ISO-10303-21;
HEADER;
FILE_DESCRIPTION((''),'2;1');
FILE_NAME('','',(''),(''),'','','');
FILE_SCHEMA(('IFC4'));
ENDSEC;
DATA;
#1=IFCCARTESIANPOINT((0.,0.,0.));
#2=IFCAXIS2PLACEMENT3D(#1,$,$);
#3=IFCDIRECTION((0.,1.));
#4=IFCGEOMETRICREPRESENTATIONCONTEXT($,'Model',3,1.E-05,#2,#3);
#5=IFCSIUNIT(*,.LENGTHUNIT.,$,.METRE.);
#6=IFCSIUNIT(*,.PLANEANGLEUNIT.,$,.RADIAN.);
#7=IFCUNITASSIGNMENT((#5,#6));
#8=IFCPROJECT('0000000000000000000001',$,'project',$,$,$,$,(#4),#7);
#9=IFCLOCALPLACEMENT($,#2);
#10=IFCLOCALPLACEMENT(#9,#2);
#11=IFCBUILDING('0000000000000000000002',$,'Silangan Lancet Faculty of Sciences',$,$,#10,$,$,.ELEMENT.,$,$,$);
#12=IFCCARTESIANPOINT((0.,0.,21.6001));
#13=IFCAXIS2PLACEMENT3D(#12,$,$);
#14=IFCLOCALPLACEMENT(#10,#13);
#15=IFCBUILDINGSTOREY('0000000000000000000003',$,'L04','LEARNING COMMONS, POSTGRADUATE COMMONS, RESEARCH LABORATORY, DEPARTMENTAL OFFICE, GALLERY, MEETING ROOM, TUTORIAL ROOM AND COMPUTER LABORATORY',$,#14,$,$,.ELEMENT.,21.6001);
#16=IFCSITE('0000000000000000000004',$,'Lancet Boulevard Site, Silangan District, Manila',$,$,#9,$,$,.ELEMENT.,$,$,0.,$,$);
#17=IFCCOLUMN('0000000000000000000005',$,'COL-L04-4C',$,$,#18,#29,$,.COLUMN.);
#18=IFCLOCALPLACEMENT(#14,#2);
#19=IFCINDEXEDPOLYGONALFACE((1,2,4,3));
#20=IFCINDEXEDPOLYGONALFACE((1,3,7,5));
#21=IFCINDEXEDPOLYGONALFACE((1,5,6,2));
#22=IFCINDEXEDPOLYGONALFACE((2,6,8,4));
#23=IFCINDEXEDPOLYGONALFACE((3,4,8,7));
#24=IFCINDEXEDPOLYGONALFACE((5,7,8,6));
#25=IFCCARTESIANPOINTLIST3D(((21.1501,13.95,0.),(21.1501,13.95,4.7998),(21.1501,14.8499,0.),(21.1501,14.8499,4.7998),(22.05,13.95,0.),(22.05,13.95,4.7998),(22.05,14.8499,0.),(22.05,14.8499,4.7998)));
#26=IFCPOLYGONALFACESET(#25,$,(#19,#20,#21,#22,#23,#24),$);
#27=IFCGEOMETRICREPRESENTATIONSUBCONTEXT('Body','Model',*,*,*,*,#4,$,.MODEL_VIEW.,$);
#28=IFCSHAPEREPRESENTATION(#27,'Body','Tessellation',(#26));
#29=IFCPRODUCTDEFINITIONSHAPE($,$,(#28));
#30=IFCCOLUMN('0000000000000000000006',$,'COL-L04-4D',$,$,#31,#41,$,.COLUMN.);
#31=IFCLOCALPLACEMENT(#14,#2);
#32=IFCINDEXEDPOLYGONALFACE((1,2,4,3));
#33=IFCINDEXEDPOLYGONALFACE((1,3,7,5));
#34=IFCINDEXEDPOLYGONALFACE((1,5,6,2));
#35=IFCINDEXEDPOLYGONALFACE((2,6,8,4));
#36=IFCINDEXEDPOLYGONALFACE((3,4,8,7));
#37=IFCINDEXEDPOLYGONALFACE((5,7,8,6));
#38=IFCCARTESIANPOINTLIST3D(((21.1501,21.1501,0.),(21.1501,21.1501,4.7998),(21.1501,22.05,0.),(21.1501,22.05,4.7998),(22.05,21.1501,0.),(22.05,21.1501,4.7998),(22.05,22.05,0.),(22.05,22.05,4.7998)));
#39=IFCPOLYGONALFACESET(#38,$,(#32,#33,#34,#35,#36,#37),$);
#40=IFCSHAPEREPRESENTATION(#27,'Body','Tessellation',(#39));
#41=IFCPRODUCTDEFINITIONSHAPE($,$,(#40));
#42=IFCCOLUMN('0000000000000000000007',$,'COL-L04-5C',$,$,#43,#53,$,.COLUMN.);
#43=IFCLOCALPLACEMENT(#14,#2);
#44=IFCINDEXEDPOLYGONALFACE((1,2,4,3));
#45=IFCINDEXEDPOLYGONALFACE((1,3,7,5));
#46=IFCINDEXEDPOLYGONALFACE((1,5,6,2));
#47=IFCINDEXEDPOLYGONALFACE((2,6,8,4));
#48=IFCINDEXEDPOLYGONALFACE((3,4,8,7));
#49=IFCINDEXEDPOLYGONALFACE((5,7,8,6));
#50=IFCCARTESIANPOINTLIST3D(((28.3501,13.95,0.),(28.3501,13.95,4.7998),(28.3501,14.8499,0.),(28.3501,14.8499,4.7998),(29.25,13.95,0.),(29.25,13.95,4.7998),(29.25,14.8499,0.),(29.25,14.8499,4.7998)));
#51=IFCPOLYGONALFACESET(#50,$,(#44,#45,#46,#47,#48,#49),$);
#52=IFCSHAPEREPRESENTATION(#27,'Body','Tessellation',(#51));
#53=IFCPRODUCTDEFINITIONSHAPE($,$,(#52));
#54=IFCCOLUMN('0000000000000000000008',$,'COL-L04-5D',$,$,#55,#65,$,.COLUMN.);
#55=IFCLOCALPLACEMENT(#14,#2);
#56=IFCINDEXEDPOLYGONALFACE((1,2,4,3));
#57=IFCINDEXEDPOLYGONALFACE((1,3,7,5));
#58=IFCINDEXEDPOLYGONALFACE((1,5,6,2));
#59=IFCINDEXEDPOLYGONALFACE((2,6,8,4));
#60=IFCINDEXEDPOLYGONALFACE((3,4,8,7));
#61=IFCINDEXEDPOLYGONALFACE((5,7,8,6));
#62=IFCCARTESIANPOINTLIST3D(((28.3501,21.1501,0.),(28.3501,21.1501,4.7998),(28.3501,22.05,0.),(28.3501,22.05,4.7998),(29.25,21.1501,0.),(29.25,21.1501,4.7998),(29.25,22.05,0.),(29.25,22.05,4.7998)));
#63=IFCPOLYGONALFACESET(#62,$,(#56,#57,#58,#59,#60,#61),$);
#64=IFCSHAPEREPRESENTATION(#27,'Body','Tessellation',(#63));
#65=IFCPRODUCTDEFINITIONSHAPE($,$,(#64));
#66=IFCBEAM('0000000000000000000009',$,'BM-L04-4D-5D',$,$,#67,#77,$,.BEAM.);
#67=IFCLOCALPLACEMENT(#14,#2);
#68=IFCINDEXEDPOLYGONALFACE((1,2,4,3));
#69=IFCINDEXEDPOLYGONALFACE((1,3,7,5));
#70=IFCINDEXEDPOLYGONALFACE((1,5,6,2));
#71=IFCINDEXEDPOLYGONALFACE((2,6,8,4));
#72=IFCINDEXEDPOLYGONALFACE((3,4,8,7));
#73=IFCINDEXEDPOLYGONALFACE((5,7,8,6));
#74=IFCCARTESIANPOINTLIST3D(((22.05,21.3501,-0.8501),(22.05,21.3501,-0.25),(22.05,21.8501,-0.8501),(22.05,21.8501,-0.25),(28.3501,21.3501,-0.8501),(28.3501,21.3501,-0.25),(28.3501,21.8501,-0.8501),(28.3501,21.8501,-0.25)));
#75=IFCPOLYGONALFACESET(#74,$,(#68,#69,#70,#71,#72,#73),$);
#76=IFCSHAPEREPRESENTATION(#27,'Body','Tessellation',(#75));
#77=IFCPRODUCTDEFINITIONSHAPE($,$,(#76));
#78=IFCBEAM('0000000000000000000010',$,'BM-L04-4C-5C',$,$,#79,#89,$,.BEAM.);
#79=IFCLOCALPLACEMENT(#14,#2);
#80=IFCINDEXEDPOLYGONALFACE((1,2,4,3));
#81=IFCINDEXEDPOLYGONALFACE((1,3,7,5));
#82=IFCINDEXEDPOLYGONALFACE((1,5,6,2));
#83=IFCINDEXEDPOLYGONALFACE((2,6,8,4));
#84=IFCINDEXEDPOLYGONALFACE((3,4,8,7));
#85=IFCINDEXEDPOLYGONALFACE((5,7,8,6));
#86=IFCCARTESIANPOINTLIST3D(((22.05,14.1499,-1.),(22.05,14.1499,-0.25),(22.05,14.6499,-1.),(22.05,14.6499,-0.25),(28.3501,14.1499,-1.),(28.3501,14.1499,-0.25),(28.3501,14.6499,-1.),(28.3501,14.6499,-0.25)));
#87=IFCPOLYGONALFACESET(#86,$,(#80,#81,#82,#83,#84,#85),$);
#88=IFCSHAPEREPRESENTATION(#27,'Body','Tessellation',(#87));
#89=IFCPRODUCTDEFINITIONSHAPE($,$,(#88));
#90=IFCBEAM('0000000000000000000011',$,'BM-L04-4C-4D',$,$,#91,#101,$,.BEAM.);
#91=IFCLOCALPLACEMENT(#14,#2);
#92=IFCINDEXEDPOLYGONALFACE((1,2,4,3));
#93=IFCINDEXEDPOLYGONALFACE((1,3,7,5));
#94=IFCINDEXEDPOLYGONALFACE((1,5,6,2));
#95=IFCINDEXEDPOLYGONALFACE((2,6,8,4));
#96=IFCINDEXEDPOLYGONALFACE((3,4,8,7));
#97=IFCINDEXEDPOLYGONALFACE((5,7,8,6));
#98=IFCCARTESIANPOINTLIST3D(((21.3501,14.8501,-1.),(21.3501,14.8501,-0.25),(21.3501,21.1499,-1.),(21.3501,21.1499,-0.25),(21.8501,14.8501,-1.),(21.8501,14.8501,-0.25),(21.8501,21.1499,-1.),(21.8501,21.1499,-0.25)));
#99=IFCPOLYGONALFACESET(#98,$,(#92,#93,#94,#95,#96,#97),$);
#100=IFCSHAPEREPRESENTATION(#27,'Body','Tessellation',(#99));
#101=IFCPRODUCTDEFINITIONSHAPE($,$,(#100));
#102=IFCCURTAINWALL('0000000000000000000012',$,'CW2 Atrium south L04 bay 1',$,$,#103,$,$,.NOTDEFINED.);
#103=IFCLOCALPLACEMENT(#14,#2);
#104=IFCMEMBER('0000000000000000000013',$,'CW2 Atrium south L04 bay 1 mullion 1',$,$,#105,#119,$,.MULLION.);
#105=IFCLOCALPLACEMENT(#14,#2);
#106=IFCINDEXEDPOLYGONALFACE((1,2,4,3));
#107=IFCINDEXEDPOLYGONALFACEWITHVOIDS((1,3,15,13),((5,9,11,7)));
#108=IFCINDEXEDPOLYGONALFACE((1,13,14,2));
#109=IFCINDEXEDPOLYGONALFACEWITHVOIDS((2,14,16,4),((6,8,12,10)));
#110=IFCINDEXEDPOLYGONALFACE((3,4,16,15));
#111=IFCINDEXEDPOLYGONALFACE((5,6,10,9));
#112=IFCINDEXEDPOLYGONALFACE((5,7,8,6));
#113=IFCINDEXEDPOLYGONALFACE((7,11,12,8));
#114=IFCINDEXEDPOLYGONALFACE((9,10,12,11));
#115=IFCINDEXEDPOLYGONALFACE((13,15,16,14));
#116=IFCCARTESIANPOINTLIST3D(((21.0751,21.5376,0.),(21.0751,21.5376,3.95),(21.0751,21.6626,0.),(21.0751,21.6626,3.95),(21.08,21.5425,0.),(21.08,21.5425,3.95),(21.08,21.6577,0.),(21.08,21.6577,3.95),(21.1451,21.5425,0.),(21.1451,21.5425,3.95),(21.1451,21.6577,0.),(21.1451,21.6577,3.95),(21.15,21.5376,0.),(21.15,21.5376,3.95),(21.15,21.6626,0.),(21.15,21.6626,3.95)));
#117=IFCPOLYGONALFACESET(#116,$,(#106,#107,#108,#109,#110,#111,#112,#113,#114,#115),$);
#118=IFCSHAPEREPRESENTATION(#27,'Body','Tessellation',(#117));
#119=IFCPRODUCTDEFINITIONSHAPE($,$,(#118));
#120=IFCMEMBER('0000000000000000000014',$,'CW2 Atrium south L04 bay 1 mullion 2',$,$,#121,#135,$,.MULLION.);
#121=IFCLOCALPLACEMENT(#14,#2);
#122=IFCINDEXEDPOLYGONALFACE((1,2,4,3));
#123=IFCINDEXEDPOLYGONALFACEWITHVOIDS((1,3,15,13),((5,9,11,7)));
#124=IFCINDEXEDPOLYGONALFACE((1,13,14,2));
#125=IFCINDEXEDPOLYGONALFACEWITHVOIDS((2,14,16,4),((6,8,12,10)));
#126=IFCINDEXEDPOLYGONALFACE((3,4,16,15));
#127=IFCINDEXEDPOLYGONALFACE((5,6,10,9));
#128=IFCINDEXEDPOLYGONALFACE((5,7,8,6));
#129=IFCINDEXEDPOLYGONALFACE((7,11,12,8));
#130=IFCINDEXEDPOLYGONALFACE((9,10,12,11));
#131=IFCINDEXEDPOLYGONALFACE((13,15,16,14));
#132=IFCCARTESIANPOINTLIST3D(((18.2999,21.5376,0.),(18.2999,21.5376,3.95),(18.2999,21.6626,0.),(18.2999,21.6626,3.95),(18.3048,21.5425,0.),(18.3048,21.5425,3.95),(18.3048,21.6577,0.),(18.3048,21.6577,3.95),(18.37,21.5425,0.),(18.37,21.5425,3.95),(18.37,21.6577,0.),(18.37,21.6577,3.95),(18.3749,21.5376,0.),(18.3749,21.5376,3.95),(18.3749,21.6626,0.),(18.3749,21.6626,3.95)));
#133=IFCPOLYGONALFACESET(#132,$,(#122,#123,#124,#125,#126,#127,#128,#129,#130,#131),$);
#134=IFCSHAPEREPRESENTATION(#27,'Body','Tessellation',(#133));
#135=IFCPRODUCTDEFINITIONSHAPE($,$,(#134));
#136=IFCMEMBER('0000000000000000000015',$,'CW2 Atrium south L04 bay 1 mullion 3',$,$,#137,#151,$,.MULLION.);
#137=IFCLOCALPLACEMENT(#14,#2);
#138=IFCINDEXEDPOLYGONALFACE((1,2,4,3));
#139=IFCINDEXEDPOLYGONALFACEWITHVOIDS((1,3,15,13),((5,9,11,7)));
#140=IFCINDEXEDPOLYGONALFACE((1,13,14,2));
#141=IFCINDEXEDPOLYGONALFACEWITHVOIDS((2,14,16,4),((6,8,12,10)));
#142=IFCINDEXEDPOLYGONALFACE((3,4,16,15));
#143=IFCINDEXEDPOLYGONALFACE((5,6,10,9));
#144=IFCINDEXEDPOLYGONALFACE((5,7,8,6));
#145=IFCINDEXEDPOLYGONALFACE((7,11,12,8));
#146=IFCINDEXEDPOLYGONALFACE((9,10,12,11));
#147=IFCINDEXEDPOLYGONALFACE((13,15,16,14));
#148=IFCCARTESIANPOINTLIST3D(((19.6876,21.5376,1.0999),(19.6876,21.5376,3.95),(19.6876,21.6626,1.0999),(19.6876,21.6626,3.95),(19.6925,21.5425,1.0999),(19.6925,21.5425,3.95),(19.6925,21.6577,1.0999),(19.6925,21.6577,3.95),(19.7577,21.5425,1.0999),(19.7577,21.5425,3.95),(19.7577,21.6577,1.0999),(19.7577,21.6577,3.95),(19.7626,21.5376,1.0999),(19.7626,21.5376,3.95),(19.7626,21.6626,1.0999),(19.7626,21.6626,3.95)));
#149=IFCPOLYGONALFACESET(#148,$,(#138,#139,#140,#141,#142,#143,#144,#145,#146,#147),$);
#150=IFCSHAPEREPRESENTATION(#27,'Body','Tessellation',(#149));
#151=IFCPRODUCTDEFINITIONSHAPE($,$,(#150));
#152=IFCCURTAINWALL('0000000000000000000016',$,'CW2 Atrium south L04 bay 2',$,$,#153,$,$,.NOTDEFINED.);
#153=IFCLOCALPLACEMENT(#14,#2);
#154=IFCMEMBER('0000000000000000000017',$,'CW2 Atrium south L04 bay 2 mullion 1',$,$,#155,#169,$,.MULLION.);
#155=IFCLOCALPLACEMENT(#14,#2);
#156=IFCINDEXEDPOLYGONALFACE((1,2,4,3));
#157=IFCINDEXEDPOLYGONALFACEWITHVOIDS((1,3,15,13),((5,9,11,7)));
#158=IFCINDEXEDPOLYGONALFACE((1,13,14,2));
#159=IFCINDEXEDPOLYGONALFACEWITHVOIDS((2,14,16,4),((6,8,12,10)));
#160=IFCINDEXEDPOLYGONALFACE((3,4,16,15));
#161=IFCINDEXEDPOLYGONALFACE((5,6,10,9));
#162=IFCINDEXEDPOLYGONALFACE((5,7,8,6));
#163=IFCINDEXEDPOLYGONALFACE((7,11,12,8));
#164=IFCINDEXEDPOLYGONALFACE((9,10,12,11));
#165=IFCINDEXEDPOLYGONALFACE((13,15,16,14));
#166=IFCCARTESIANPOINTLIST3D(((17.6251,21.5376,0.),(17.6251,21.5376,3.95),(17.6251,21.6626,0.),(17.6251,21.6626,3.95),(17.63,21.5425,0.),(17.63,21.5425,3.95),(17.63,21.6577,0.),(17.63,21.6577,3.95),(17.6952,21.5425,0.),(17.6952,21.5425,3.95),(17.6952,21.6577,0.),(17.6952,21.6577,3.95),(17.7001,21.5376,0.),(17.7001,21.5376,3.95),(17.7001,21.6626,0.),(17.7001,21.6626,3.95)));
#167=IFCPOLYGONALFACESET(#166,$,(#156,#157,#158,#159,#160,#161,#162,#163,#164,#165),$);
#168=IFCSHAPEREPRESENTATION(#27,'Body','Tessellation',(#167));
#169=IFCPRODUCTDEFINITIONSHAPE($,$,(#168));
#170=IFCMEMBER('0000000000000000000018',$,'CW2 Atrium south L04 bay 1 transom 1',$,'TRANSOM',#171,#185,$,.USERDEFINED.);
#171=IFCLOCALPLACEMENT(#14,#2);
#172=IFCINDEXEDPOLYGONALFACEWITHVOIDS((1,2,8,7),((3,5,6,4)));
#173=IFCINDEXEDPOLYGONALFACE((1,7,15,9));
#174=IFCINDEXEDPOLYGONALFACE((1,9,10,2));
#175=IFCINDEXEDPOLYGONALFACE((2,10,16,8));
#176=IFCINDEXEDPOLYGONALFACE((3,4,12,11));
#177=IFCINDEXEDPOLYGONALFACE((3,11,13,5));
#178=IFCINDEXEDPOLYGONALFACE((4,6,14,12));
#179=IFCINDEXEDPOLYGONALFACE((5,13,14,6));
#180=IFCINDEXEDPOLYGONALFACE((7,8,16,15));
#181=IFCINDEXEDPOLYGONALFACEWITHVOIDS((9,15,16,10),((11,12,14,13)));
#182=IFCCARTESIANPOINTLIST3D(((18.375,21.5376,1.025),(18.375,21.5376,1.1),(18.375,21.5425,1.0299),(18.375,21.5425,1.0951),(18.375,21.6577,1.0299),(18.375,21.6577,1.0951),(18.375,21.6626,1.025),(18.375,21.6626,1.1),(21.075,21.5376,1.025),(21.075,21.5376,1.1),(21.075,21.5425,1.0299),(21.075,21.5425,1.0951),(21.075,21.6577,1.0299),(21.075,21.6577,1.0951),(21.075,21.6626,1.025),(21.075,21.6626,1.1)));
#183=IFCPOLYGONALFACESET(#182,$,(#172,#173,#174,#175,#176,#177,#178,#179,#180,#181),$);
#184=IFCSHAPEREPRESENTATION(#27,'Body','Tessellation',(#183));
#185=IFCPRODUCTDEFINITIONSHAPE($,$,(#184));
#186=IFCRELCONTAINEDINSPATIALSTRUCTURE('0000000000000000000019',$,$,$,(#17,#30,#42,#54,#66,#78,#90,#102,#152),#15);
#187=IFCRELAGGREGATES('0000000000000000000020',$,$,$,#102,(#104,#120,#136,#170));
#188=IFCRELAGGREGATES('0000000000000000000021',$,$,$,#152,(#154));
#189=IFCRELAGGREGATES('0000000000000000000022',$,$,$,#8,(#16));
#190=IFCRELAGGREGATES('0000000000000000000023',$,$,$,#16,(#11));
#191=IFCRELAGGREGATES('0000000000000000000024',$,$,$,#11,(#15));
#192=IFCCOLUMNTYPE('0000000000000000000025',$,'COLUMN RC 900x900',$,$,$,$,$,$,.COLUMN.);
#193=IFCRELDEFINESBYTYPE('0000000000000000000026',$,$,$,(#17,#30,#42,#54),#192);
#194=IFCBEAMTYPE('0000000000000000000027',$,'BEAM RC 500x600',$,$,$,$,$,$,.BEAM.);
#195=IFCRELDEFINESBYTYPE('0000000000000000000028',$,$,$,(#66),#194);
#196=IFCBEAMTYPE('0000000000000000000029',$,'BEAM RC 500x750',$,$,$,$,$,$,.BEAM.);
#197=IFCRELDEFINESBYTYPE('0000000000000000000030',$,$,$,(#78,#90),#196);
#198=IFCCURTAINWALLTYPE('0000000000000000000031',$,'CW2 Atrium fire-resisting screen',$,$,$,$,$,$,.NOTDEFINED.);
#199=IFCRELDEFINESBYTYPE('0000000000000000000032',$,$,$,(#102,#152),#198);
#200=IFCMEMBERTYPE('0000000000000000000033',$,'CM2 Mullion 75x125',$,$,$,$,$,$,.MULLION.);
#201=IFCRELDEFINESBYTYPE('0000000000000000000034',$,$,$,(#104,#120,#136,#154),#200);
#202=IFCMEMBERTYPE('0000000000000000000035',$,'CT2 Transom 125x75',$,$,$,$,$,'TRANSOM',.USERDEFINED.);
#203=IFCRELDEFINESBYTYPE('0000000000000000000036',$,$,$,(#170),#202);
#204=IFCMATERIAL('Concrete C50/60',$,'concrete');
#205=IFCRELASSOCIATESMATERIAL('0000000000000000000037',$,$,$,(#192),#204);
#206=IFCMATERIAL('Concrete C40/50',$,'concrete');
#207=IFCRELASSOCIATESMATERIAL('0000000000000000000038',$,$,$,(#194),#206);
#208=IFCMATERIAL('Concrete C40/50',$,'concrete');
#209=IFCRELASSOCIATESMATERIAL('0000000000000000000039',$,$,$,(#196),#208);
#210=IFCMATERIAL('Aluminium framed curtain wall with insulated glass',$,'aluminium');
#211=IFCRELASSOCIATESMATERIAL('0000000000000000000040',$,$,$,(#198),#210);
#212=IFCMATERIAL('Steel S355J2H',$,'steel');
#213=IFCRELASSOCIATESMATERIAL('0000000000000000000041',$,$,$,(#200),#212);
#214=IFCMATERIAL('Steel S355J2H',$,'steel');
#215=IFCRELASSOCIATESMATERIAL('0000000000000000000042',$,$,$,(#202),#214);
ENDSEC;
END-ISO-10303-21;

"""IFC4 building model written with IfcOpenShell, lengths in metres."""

from ifc_helpers import new_model, si_unit, direction, frame, origin, origin_2d, place, context, subcontext, project, spatial, rectangle, hollow_rectangle, extrude, material, material_profile, profile_set, type_object, element, aggregate, save


model = new_model("IFC4")

# Units and contexts
model_context = context("Model", 3, precision=1e-05, world=origin(), true_north=direction((0.0, 1.0)))
body_context = subcontext(model_context, "Body", "Model", "MODEL_VIEW")
ifc_project = project(units=[si_unit("LENGTHUNIT", "METRE"), si_unit("PLANEANGLEUNIT", "RADIAN")], contexts=[model_context])

# Site, building, storey
site_placement = place(None, origin())
site = spatial("IfcSite", under=ifc_project, at=site_placement, Name="Lancet Boulevard Site, Silangan District, Manila", CompositionType="ELEMENT", RefElevation=0.0)
building_placement = place(site_placement, origin())
building = spatial("IfcBuilding", under=site, at=building_placement, Name="Silangan Lancet Faculty of Sciences", CompositionType="ELEMENT")
storey_placement = place(building_placement, frame((0.0, 0.0, 21.6001)))
storey = spatial("IfcBuildingStorey", under=building, at=storey_placement, Name="L04", Description="LEARNING COMMONS, POSTGRADUATE COMMONS, RESEARCH LABORATORY, DEPARTMENTAL OFFICE, GALLERY, MEETING ROOM, TUTORIAL ROOM AND COMPUTER LABORATORY", CompositionType="ELEMENT", Elevation=21.6001)

# Columns
ifc_material_1 = material(Name="Concrete C50/60", Category="concrete")
ifc_material_profile_1 = material_profile(ifc_material_1, rectangle(XDim=0.8999, YDim=0.8999, at=origin_2d()), Name="RC 900x900")
ifc_profile_set_1 = profile_set([ifc_material_profile_1], Name="Concrete C50/60")
column_type = type_object("IfcColumnType", Name="COLUMN RC 900x900", PredefinedType="COLUMN", material=ifc_profile_set_1)
for number, where, z_axis, x_axis, name in (
    (1, (21.6001, 14.3999, 0.0), (0.0, 0.0, 1.0), (1.0, 0.0, 0.0), "COL-L04-4C"),
    (2, (21.6001, 21.6001, 0.0), (0.0, 0.0, 1.0), (1.0, 0.0, 0.0), "COL-L04-4D"),
    (3, (28.8, 14.3999, 0.0), (0.0, 0.0, 1.0), (1.0, 0.0, 0.0), "COL-L04-5C"),
    (4, (28.8, 21.6001, 0.0), (0.0, 0.0, 1.0), (1.0, 0.0, 0.0), "COL-L04-5D"),
):
    element("IfcColumn", number, at=place(storey_placement, frame(where, z_axis=z_axis, x_axis=x_axis)), inside=storey, type_object=column_type, Name=name, PredefinedType="COLUMN", context=body_context, shape_type="SweptSolid", body=[
        extrude(rectangle(XDim=0.8999, YDim=0.8999, at=origin_2d()), origin(), (0.0, 0.0, 1.0), 4.7998),
    ])

# Beams
ifc_material_2 = material(Name="Concrete C40/50", Category="concrete")
ifc_material_profile_2 = material_profile(ifc_material_2, rectangle(XDim=0.5, YDim=0.6001, at=origin_2d()), Name="RC 500x600")
ifc_profile_set_2 = profile_set([ifc_material_profile_2], Name="Concrete C40/50")
beam_type_1 = type_object("IfcBeamType", Name="BEAM RC 500x600", PredefinedType="BEAM", material=ifc_profile_set_2)
beam_1_placement = place(storey_placement, frame((22.05, 21.6001, -0.55), z_axis=(1.0, 0.0, 0.0), x_axis=(0.0, 1.0, 0.0)))
element("IfcBeam", 5, at=beam_1_placement, inside=storey, type_object=beam_type_1, Name="BM-L04-4D-5D", PredefinedType="BEAM", context=body_context, shape_type="SweptSolid", body=[
    extrude(rectangle(XDim=0.5, YDim=0.6001, at=origin_2d()), origin(), (0.0, 0.0, 1.0), 6.3),
])
ifc_material_3 = material(Name="Concrete C40/50", Category="concrete")
ifc_material_profile_3 = material_profile(ifc_material_3, rectangle(XDim=0.5, YDim=0.75, at=origin_2d()), Name="RC 500x750")
ifc_profile_set_3 = profile_set([ifc_material_profile_3], Name="Concrete C40/50")
beam_type_2 = type_object("IfcBeamType", Name="BEAM RC 500x750", PredefinedType="BEAM", material=ifc_profile_set_3)
beam_2_placement = place(storey_placement, frame((22.05, 14.3999, -0.625), z_axis=(1.0, 0.0, 0.0), x_axis=(0.0, 1.0, 0.0)))
element("IfcBeam", 6, at=beam_2_placement, inside=storey, type_object=beam_type_2, Name="BM-L04-4C-5C", PredefinedType="BEAM", context=body_context, shape_type="SweptSolid", body=[
    extrude(rectangle(XDim=0.5, YDim=0.75, at=origin_2d()), origin(), (0.0, 0.0, 1.0), 6.3),
])
beam_3_placement = place(storey_placement, frame((21.6001, 14.8501, -0.625), z_axis=(0.0, 1.0, 0.0), x_axis=(-1.0, 0.0, 0.0)))
element("IfcBeam", 7, at=beam_3_placement, inside=storey, type_object=beam_type_2, Name="BM-L04-4C-4D", PredefinedType="BEAM", context=body_context, shape_type="SweptSolid", body=[
    extrude(rectangle(XDim=0.5, YDim=0.75, at=origin_2d()), origin(), (0.0, 0.0, 1.0), 6.2998),
])

# Curtain wall, members
ifc_material_4 = material(Name="Aluminium framed curtain wall with insulated glass", Category="aluminium")
curtain_wall_type = type_object("IfcCurtainWallType", Name="CW2 Atrium fire-resisting screen", PredefinedType="NOTDEFINED", material=ifc_material_4)
curtain_wall_1_placement = place(storey_placement, origin())
curtain_wall_1 = element("IfcCurtainWall", 8, at=curtain_wall_1_placement, inside=storey, type_object=curtain_wall_type, Name="CW2 Atrium south L04 bay 1", PredefinedType="NOTDEFINED")
ifc_material_5 = material(Name="Steel S355J2H", Category="steel")
ifc_material_profile_4 = material_profile(ifc_material_5, hollow_rectangle(XDim=0.075, YDim=0.125, WallThickness=0.0049, at=origin_2d()), Name="ST BOX 75x125x5")
ifc_profile_set_4 = profile_set([ifc_material_profile_4], Name="Steel S355J2H")
member_type_1 = type_object("IfcMemberType", Name="CM2 Mullion 75x125", PredefinedType="MULLION", material=ifc_profile_set_4)
member_1_placement = place(storey_placement, frame((21.1125, 21.6001, 0.0), z_axis=(0.0, 0.0, 1.0), x_axis=(-1.0, 0.0, 0.0)))
member_1 = element("IfcMember", 9, at=member_1_placement, type_object=member_type_1, Name="CW2 Atrium south L04 bay 1 mullion 1", PredefinedType="MULLION", context=body_context, shape_type="SweptSolid", body=[
    extrude(hollow_rectangle(XDim=0.075, YDim=0.125, WallThickness=0.0049, at=origin_2d()), origin(), (0.0, 0.0, 1.0), 3.95),
])
member_2_placement = place(storey_placement, frame((18.3374, 21.6001, 0.0), z_axis=(0.0, 0.0, 1.0), x_axis=(-1.0, 0.0, 0.0)))
member_2 = element("IfcMember", 10, at=member_2_placement, type_object=member_type_1, Name="CW2 Atrium south L04 bay 1 mullion 2", PredefinedType="MULLION", context=body_context, shape_type="SweptSolid", body=[
    extrude(hollow_rectangle(XDim=0.075, YDim=0.125, WallThickness=0.0049, at=origin_2d()), origin(), (0.0, 0.0, 1.0), 3.95),
])
member_3_placement = place(storey_placement, frame((19.7251, 21.6001, 1.0999), z_axis=(0.0, 0.0, 1.0), x_axis=(-1.0, 0.0, 0.0)))
member_3 = element("IfcMember", 11, at=member_3_placement, type_object=member_type_1, Name="CW2 Atrium south L04 bay 1 mullion 3", PredefinedType="MULLION", context=body_context, shape_type="SweptSolid", body=[
    extrude(hollow_rectangle(XDim=0.075, YDim=0.125, WallThickness=0.0049, at=origin_2d()), origin(), (0.0, 0.0, 1.0), 2.8501),
])

# Curtain wall, member
curtain_wall_2_placement = place(storey_placement, origin())
curtain_wall_2 = element("IfcCurtainWall", 12, at=curtain_wall_2_placement, inside=storey, type_object=curtain_wall_type, Name="CW2 Atrium south L04 bay 2", PredefinedType="NOTDEFINED")
member_4_placement = place(storey_placement, frame((17.6626, 21.6001, 0.0), z_axis=(0.0, 0.0, 1.0), x_axis=(-1.0, 0.0, 0.0)))
member_4 = element("IfcMember", 13, at=member_4_placement, type_object=member_type_1, Name="CW2 Atrium south L04 bay 2 mullion 1", PredefinedType="MULLION", context=body_context, shape_type="SweptSolid", body=[
    extrude(hollow_rectangle(XDim=0.075, YDim=0.125, WallThickness=0.0049, at=origin_2d()), origin(), (0.0, 0.0, 1.0), 3.95),
])

# Member
ifc_material_6 = material(Name="Steel S355J2H", Category="steel")
ifc_material_profile_5 = material_profile(ifc_material_6, hollow_rectangle(XDim=0.125, YDim=0.075, WallThickness=0.0049, at=origin_2d()), Name="ST BOX 125x75x5")
ifc_profile_set_5 = profile_set([ifc_material_profile_5], Name="Steel S355J2H")
member_type_2 = type_object("IfcMemberType", Name="CT2 Transom 125x75", ElementType="TRANSOM", PredefinedType="USERDEFINED", material=ifc_profile_set_5)
member_5_placement = place(storey_placement, frame((21.075, 21.6001, 1.0625), z_axis=(-1.0, 0.0, 0.0), x_axis=(0.0, -1.0, 0.0)))
member_5 = element("IfcMember", 14, at=member_5_placement, type_object=member_type_2, Name="CW2 Atrium south L04 bay 1 transom 1", ObjectType="TRANSOM", PredefinedType="USERDEFINED", context=body_context, shape_type="SweptSolid", body=[
    extrude(hollow_rectangle(XDim=0.125, YDim=0.075, WallThickness=0.0049, at=origin_2d()), origin(), (0.0, 0.0, 1.0), 2.7),
])

aggregate(curtain_wall_1, [member_1, member_2, member_3, member_5])
aggregate(curtain_wall_2, [member_4])

save(model, "model.ifc")
